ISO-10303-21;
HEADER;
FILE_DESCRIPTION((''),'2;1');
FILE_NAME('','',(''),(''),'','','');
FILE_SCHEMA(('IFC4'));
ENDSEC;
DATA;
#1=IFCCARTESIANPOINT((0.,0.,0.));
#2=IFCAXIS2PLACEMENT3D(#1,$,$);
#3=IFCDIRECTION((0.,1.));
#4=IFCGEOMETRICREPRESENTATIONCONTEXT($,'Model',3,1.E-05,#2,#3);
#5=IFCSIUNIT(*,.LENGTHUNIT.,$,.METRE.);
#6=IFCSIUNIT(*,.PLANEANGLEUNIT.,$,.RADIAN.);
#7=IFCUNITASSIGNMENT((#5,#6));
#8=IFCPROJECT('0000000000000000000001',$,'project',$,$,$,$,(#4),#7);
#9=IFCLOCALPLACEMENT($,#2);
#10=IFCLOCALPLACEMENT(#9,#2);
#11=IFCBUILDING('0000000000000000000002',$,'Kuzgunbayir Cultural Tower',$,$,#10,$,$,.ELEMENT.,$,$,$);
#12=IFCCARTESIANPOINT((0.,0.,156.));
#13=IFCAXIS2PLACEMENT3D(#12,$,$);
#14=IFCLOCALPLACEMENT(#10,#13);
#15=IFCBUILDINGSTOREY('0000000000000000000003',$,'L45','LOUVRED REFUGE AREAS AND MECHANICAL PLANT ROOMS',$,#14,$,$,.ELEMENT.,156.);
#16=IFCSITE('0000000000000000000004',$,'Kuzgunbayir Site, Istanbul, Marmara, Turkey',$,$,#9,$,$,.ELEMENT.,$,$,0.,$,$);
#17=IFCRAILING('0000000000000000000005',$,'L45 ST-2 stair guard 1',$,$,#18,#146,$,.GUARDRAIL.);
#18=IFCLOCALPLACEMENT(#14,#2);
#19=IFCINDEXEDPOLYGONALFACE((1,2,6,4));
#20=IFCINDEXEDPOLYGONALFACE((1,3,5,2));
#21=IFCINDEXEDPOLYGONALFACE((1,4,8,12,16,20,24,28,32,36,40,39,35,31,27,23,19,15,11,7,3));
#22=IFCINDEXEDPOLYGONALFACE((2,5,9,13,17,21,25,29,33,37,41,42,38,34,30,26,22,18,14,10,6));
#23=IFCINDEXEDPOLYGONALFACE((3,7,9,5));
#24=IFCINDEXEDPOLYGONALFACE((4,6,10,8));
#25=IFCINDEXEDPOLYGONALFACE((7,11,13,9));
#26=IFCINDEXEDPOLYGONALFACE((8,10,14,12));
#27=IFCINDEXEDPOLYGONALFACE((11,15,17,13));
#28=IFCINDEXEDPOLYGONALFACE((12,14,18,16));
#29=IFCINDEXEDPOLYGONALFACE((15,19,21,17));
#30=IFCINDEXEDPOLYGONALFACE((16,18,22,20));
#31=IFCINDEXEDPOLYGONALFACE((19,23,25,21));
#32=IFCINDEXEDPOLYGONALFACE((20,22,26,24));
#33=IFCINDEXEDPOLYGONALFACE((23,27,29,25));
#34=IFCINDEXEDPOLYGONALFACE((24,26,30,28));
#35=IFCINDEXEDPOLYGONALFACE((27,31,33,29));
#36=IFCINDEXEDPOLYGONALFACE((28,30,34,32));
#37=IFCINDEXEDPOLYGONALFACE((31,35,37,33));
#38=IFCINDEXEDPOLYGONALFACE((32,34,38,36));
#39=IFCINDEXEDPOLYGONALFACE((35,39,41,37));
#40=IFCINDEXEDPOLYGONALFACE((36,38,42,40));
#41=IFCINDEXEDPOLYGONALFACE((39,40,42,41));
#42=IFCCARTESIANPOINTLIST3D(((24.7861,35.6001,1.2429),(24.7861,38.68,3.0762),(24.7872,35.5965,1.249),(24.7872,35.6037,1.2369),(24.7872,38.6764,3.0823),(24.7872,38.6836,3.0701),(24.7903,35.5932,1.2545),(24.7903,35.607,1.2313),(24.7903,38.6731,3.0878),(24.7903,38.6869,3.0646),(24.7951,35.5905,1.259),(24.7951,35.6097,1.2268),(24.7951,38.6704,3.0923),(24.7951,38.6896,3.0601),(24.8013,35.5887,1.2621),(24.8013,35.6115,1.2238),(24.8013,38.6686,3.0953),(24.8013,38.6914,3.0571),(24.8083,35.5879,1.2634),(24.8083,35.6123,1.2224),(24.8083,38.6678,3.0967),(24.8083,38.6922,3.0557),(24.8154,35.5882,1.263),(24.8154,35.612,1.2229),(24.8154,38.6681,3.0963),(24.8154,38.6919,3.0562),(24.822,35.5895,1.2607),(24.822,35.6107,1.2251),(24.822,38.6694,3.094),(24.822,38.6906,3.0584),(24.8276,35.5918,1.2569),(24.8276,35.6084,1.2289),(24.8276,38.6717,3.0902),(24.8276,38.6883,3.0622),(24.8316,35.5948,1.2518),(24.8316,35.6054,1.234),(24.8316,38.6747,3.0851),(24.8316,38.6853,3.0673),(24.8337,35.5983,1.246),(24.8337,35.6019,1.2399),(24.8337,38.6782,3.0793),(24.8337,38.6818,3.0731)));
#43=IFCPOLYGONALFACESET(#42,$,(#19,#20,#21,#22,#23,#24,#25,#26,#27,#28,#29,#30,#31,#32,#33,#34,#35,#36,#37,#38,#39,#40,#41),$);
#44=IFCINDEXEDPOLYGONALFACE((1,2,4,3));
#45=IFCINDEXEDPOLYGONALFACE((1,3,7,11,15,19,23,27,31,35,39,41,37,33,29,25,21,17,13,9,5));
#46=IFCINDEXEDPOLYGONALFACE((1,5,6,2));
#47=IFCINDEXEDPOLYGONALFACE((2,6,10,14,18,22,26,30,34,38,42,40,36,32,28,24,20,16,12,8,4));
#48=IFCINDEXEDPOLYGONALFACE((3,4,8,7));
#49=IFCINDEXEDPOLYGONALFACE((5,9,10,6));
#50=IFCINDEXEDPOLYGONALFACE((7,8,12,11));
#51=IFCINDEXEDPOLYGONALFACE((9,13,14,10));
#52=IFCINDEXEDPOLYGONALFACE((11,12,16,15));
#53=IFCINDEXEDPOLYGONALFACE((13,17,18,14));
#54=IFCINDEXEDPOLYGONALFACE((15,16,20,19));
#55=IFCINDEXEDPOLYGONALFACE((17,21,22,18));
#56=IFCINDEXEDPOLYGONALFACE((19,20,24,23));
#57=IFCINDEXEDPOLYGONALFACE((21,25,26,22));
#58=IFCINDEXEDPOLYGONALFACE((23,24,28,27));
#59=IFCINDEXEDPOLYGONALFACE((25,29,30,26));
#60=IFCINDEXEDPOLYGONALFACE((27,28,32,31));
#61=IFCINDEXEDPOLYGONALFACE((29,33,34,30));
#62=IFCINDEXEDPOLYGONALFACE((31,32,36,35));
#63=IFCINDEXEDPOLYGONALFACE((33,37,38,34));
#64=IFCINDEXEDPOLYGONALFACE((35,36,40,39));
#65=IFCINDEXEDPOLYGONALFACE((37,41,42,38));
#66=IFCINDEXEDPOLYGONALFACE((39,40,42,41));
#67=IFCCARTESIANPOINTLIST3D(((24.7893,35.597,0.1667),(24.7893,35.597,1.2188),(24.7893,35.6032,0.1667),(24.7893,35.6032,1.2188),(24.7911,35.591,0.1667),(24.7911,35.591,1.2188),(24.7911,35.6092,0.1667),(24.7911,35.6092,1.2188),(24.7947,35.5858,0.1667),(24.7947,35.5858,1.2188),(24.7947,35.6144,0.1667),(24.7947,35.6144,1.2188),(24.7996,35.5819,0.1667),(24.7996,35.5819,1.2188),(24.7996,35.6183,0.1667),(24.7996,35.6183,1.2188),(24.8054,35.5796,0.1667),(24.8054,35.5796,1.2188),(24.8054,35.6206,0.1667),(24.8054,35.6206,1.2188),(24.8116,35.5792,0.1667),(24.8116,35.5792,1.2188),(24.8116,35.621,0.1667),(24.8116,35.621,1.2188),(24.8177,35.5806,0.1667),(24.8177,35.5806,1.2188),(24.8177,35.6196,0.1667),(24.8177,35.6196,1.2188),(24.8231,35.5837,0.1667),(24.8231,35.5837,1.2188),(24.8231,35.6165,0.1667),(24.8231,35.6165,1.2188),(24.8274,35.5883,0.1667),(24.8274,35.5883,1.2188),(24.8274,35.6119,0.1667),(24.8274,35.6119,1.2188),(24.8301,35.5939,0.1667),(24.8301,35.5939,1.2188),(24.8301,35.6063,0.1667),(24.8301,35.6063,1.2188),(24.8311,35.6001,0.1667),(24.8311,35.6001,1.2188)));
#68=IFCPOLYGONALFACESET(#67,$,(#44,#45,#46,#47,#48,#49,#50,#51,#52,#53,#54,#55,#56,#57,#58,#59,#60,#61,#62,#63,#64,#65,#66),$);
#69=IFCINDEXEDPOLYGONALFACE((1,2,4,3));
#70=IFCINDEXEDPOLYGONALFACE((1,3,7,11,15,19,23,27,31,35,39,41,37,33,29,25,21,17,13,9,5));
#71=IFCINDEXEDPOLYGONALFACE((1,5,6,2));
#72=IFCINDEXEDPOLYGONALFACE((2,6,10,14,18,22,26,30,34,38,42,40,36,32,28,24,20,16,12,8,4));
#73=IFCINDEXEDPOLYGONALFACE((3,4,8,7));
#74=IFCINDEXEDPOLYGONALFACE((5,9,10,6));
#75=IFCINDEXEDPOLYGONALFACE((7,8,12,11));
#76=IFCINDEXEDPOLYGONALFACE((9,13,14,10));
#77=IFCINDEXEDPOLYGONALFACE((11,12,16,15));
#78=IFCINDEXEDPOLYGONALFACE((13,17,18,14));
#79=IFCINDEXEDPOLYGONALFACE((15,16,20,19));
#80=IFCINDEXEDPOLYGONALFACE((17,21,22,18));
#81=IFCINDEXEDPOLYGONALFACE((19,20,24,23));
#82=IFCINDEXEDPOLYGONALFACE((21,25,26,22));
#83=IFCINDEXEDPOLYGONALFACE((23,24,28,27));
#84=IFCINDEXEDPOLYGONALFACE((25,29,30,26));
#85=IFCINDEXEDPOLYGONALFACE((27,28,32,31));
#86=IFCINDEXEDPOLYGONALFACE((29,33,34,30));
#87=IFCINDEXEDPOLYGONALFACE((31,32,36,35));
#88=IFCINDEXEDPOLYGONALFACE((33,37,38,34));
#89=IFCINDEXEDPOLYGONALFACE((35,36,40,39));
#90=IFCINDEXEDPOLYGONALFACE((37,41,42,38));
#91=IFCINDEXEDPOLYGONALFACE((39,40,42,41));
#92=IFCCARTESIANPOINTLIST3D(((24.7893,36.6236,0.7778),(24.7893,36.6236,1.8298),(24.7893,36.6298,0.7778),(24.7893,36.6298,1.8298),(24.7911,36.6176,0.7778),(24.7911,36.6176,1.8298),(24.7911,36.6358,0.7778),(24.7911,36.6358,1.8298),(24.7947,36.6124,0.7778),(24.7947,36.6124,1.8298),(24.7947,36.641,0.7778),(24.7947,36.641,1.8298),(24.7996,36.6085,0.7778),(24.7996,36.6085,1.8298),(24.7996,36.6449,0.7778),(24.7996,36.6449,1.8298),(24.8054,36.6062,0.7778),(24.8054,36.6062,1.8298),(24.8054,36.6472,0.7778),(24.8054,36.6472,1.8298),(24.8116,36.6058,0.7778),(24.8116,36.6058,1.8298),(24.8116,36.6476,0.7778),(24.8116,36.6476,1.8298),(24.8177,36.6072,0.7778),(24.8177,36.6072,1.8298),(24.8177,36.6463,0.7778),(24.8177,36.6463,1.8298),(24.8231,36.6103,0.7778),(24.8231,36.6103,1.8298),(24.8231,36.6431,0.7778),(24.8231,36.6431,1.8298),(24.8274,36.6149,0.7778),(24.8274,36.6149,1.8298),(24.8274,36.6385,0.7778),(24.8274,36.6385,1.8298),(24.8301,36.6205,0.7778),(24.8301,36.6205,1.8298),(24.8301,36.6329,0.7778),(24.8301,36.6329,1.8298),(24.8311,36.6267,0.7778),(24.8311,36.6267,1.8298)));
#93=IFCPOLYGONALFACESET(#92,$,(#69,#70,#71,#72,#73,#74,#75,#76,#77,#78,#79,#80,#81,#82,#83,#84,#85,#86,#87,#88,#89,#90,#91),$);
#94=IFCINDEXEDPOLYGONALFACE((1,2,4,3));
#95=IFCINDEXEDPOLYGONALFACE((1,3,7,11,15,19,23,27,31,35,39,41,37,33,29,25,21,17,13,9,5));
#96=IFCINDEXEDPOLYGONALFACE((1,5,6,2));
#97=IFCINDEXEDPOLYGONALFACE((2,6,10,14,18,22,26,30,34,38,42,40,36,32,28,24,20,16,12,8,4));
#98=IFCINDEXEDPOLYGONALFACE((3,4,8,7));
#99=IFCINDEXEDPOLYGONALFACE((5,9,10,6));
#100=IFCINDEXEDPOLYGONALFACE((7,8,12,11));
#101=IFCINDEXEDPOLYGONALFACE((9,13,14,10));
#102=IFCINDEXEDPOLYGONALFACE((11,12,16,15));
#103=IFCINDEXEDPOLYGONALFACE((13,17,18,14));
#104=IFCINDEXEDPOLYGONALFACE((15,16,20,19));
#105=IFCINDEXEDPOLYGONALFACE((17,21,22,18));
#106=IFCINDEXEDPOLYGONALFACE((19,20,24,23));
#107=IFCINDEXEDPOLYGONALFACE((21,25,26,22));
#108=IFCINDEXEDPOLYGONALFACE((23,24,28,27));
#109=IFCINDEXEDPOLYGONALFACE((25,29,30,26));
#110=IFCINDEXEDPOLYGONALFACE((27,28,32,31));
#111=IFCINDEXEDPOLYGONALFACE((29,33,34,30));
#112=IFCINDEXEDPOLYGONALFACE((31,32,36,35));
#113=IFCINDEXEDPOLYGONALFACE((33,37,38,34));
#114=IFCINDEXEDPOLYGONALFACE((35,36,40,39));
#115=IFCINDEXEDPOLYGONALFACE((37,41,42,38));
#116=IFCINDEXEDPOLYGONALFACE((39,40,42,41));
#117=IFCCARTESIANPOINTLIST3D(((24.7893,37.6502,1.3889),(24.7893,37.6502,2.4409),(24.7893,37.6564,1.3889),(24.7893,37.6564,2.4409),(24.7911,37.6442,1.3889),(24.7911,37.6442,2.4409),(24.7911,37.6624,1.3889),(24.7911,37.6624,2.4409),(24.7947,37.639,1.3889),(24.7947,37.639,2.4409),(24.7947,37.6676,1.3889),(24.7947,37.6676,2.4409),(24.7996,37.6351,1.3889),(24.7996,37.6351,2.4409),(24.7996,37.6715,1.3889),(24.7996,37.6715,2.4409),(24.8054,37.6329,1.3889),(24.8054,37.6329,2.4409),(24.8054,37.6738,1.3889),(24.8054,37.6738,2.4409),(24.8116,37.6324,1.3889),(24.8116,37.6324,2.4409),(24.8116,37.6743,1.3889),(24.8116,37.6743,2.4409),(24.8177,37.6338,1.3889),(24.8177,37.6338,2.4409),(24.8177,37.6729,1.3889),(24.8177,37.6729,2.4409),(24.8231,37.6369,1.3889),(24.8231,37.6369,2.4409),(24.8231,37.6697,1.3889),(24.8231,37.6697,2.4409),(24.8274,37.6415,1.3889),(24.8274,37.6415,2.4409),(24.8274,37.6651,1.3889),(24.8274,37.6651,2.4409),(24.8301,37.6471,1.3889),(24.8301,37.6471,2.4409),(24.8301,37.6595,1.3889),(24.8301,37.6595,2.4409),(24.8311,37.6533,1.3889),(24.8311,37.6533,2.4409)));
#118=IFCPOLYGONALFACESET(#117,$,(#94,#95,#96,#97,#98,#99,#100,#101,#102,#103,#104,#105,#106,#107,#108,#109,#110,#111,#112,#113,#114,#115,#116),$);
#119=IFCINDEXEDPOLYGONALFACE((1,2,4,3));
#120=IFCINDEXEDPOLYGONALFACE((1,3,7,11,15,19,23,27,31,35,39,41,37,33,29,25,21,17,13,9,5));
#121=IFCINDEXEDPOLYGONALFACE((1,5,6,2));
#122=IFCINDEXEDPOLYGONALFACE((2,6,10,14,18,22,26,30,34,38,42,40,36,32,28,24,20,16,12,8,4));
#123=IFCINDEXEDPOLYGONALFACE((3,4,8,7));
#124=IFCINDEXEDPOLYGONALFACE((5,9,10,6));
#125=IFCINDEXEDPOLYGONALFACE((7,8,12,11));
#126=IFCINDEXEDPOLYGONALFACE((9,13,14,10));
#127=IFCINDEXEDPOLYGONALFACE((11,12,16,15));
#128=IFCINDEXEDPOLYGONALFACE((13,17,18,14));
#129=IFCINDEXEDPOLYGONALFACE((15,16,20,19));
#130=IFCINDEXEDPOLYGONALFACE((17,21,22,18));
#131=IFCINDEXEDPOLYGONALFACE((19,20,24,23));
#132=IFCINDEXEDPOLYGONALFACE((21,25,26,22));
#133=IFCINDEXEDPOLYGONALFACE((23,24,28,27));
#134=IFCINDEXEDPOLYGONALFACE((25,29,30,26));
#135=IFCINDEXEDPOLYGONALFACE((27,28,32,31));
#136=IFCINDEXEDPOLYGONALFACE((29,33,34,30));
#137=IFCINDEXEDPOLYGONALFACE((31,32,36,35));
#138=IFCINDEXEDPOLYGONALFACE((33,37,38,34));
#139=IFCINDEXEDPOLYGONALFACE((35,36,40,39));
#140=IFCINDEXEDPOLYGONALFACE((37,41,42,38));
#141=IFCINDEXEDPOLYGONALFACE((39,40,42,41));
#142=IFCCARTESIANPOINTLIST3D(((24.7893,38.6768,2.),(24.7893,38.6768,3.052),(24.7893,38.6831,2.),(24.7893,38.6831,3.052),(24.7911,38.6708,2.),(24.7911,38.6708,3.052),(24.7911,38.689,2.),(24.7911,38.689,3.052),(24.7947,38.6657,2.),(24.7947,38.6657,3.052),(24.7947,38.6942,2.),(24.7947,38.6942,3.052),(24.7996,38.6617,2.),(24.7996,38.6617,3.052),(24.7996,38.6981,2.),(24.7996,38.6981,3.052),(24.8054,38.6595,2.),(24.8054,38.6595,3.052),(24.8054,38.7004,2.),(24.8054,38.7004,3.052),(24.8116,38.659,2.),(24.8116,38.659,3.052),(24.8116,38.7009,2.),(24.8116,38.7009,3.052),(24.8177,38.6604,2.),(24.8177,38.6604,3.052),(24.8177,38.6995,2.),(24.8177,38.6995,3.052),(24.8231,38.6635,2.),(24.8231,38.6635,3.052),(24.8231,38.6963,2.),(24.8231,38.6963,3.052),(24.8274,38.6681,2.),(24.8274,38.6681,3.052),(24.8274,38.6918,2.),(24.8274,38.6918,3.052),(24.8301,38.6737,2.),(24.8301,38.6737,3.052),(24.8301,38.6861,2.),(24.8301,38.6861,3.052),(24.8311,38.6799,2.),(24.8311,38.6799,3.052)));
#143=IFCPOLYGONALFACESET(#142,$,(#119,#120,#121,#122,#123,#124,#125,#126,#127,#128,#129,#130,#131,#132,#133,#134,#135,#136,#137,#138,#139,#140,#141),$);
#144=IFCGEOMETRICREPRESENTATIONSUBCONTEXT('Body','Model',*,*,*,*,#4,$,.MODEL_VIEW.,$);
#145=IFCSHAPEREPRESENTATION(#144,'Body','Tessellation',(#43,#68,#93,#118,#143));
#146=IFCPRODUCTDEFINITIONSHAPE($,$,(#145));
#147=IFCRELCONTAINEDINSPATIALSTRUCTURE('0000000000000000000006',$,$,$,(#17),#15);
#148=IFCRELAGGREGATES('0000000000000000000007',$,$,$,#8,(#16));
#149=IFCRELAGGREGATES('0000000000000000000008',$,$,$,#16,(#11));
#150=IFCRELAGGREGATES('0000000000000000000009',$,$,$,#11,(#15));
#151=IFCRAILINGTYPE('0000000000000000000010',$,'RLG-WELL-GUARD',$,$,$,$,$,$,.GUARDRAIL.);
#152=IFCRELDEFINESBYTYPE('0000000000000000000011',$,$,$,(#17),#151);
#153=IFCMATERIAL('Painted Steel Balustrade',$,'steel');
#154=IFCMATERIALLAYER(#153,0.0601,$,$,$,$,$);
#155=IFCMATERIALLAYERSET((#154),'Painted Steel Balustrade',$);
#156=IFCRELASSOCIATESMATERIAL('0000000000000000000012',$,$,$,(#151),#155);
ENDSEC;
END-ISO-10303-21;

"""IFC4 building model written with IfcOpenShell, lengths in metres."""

from ifc_helpers import new_model, si_unit, direction, frame, origin, origin_2d, place, context, subcontext, project, spatial, circle, extrude, material, layer, layer_set, type_object, element, save


model = new_model("IFC4")

# Units and contexts
model_context = context("Model", 3, precision=1e-05, world=origin(), true_north=direction((0.0, 1.0)))
body_context = subcontext(model_context, "Body", "Model", "MODEL_VIEW")
ifc_project = project(units=[si_unit("LENGTHUNIT", "METRE"), si_unit("PLANEANGLEUNIT", "RADIAN")], contexts=[model_context])

# Site, building, storey
site_placement = place(None, origin())
site = spatial("IfcSite", under=ifc_project, at=site_placement, Name="Kuzgunbayir Site, Istanbul, Marmara, Turkey", CompositionType="ELEMENT", RefElevation=0.0)
building_placement = place(site_placement, origin())
building = spatial("IfcBuilding", under=site, at=building_placement, Name="Kuzgunbayir Cultural Tower", CompositionType="ELEMENT")
storey_placement = place(building_placement, frame((0.0, 0.0, 156.0)))
storey = spatial("IfcBuildingStorey", under=building, at=storey_placement, Name="L45", Description="LOUVRED REFUGE AREAS AND MECHANICAL PLANT ROOMS", CompositionType="ELEMENT", Elevation=156.0)

# Railing
ifc_material_1 = material(Name="Painted Steel Balustrade", Category="steel")
ifc_layer_1 = layer(ifc_material_1, 0.0601)
ifc_layer_set_1 = layer_set([ifc_layer_1], Name="Painted Steel Balustrade")
railing_type_1 = type_object("IfcRailingType", Name="RLG-WELL-GUARD", PredefinedType="GUARDRAIL", material=ifc_layer_set_1)
railing_1_placement = place(storey_placement, frame((24.8101, 35.6001, 0.1667)))
element("IfcRailing", 1, at=railing_1_placement, inside=storey, type_object=railing_type_1, Name="L45 ST-2 stair guard 1", PredefinedType="GUARDRAIL", context=body_context, shape_type="SweptSolid", body=[
    extrude(circle(Radius=0.0239, at=origin_2d()), frame((0.0, 0.0, 1.0762), z_axis=(0.0, 0.859291, 0.511487), x_axis=(-1.0, 0.0, 0.0)), (0.0, 0.0, 1.0), 3.5842),
    extrude(circle(Radius=0.021, at=origin_2d()), origin(), (0.0, 0.0, 1.0), 1.052),
    extrude(circle(Radius=0.021, at=origin_2d()), frame((0.0, 1.0266, 0.6111)), (0.0, 0.0, 1.0), 1.052),
    extrude(circle(Radius=0.021, at=origin_2d()), frame((0.0, 2.0532, 1.2222)), (0.0, 0.0, 1.0), 1.052),
    extrude(circle(Radius=0.021, at=origin_2d()), frame((0.0, 3.0798, 1.8333)), (0.0, 0.0, 1.0), 1.052),
])

save(model, "model.ifc")
